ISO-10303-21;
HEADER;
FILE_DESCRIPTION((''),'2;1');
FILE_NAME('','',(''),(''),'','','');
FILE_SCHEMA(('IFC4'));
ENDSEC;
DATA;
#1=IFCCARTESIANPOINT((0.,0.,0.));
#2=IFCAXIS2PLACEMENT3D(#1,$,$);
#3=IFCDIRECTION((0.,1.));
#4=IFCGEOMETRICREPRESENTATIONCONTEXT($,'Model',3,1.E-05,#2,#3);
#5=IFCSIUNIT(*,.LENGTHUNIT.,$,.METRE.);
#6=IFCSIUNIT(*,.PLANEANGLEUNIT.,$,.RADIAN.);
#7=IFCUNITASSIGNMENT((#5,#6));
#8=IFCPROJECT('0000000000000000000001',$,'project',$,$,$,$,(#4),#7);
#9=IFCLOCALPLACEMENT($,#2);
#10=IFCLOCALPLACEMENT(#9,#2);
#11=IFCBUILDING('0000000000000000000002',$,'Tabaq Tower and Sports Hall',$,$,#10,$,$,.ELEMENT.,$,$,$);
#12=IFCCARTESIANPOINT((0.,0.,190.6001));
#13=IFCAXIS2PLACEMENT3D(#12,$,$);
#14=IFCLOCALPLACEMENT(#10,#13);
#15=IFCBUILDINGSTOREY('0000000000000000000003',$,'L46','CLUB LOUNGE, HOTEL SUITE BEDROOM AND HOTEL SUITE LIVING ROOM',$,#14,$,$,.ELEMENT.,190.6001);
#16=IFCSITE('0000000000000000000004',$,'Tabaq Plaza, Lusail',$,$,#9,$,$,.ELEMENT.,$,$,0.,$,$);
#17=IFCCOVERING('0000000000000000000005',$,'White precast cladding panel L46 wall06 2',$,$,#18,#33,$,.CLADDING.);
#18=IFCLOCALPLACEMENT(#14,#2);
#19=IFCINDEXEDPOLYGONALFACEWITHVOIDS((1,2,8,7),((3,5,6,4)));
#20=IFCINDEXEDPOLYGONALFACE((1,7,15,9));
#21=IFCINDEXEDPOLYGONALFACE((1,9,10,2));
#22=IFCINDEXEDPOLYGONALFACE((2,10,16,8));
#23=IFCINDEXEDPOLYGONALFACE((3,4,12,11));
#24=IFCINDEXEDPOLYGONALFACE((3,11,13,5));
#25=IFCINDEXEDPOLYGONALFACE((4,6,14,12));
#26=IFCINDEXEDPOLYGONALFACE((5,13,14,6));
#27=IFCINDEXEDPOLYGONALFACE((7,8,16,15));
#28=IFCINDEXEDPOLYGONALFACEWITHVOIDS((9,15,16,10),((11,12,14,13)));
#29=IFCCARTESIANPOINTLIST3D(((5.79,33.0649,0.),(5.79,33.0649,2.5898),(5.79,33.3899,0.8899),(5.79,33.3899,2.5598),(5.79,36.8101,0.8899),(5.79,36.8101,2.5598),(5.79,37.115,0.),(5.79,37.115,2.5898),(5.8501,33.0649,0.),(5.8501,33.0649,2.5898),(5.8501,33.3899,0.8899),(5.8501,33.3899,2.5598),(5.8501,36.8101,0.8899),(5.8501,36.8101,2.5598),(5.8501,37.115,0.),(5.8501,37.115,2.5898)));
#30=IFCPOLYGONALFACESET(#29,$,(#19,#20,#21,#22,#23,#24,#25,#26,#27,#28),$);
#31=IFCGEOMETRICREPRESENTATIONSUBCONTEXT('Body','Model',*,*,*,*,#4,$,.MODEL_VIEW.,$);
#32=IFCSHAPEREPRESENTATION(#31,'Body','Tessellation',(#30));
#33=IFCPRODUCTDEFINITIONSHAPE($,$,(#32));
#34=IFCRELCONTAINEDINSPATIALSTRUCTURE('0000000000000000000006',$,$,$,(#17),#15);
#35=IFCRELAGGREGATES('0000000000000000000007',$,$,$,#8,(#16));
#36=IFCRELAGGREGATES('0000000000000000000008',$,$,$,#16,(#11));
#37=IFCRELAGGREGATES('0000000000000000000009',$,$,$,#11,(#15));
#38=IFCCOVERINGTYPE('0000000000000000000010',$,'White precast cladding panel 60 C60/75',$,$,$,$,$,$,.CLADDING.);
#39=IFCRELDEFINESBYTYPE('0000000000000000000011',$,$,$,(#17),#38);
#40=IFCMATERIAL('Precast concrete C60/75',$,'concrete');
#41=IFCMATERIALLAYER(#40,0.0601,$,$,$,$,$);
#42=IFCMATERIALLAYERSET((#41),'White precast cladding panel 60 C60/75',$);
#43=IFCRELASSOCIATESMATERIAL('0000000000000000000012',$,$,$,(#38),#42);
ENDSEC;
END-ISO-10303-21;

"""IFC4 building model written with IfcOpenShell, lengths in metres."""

from ifc_helpers import new_model, si_unit, direction, frame, origin, place, context, subcontext, project, spatial, polyline, outline, extrude, material, layer, layer_set, type_object, element, save


model = new_model("IFC4")

# Units and contexts
model_context = context("Model", 3, precision=1e-05, world=origin(), true_north=direction((0.0, 1.0)))
body_context = subcontext(model_context, "Body", "Model", "MODEL_VIEW")
ifc_project = project(units=[si_unit("LENGTHUNIT", "METRE"), si_unit("PLANEANGLEUNIT", "RADIAN")], contexts=[model_context])

# Site, building, storey
site_placement = place(None, origin())
site = spatial("IfcSite", under=ifc_project, at=site_placement, Name="Tabaq Plaza, Lusail", CompositionType="ELEMENT", RefElevation=0.0)
building_placement = place(site_placement, origin())
building = spatial("IfcBuilding", under=site, at=building_placement, Name="Tabaq Tower and Sports Hall", CompositionType="ELEMENT")
storey_placement = place(building_placement, frame((0.0, 0.0, 190.6001)))
storey = spatial("IfcBuildingStorey", under=building, at=storey_placement, Name="L46", Description="CLUB LOUNGE, HOTEL SUITE BEDROOM AND HOTEL SUITE LIVING ROOM", CompositionType="ELEMENT", Elevation=190.6001)

# Covering
ifc_material_1 = material(Name="Precast concrete C60/75", Category="concrete")
ifc_layer_1 = layer(ifc_material_1, 0.0601)
ifc_layer_set_1 = layer_set([ifc_layer_1], Name="White precast cladding panel 60 C60/75")
covering_type = type_object("IfcCoveringType", Name="White precast cladding panel 60 C60/75", PredefinedType="CLADDING", material=ifc_layer_set_1)
covering_placement = place(storey_placement, frame((5.8201, 37.115, 0.0), z_axis=(0.0, 0.0, 1.0), x_axis=(0.0, -1.0, 0.0)))
element("IfcCovering", 1, at=covering_placement, inside=storey, type_object=covering_type, Name="White precast cladding panel L46 wall06 2", PredefinedType="CLADDING", context=body_context, shape_type="SweptSolid", body=[
    extrude(outline(polyline([(0.0, 0.0), (4.05, 0.0), (4.05, 2.5898), (0.0, 2.5898), (0.0, 0.0)]), holes=[polyline([(3.7251, 0.8899), (0.3049, 0.8899), (0.3049, 2.5598), (3.7251, 2.5598), (3.7251, 0.8899)])]), frame((0.0, 0.03, 0.0), z_axis=(0.0, -1.0, 0.0), x_axis=(1.0, 0.0, 0.0)), (0.0, 0.0, 1.0), 0.0601),
])

save(model, "model.ifc")
